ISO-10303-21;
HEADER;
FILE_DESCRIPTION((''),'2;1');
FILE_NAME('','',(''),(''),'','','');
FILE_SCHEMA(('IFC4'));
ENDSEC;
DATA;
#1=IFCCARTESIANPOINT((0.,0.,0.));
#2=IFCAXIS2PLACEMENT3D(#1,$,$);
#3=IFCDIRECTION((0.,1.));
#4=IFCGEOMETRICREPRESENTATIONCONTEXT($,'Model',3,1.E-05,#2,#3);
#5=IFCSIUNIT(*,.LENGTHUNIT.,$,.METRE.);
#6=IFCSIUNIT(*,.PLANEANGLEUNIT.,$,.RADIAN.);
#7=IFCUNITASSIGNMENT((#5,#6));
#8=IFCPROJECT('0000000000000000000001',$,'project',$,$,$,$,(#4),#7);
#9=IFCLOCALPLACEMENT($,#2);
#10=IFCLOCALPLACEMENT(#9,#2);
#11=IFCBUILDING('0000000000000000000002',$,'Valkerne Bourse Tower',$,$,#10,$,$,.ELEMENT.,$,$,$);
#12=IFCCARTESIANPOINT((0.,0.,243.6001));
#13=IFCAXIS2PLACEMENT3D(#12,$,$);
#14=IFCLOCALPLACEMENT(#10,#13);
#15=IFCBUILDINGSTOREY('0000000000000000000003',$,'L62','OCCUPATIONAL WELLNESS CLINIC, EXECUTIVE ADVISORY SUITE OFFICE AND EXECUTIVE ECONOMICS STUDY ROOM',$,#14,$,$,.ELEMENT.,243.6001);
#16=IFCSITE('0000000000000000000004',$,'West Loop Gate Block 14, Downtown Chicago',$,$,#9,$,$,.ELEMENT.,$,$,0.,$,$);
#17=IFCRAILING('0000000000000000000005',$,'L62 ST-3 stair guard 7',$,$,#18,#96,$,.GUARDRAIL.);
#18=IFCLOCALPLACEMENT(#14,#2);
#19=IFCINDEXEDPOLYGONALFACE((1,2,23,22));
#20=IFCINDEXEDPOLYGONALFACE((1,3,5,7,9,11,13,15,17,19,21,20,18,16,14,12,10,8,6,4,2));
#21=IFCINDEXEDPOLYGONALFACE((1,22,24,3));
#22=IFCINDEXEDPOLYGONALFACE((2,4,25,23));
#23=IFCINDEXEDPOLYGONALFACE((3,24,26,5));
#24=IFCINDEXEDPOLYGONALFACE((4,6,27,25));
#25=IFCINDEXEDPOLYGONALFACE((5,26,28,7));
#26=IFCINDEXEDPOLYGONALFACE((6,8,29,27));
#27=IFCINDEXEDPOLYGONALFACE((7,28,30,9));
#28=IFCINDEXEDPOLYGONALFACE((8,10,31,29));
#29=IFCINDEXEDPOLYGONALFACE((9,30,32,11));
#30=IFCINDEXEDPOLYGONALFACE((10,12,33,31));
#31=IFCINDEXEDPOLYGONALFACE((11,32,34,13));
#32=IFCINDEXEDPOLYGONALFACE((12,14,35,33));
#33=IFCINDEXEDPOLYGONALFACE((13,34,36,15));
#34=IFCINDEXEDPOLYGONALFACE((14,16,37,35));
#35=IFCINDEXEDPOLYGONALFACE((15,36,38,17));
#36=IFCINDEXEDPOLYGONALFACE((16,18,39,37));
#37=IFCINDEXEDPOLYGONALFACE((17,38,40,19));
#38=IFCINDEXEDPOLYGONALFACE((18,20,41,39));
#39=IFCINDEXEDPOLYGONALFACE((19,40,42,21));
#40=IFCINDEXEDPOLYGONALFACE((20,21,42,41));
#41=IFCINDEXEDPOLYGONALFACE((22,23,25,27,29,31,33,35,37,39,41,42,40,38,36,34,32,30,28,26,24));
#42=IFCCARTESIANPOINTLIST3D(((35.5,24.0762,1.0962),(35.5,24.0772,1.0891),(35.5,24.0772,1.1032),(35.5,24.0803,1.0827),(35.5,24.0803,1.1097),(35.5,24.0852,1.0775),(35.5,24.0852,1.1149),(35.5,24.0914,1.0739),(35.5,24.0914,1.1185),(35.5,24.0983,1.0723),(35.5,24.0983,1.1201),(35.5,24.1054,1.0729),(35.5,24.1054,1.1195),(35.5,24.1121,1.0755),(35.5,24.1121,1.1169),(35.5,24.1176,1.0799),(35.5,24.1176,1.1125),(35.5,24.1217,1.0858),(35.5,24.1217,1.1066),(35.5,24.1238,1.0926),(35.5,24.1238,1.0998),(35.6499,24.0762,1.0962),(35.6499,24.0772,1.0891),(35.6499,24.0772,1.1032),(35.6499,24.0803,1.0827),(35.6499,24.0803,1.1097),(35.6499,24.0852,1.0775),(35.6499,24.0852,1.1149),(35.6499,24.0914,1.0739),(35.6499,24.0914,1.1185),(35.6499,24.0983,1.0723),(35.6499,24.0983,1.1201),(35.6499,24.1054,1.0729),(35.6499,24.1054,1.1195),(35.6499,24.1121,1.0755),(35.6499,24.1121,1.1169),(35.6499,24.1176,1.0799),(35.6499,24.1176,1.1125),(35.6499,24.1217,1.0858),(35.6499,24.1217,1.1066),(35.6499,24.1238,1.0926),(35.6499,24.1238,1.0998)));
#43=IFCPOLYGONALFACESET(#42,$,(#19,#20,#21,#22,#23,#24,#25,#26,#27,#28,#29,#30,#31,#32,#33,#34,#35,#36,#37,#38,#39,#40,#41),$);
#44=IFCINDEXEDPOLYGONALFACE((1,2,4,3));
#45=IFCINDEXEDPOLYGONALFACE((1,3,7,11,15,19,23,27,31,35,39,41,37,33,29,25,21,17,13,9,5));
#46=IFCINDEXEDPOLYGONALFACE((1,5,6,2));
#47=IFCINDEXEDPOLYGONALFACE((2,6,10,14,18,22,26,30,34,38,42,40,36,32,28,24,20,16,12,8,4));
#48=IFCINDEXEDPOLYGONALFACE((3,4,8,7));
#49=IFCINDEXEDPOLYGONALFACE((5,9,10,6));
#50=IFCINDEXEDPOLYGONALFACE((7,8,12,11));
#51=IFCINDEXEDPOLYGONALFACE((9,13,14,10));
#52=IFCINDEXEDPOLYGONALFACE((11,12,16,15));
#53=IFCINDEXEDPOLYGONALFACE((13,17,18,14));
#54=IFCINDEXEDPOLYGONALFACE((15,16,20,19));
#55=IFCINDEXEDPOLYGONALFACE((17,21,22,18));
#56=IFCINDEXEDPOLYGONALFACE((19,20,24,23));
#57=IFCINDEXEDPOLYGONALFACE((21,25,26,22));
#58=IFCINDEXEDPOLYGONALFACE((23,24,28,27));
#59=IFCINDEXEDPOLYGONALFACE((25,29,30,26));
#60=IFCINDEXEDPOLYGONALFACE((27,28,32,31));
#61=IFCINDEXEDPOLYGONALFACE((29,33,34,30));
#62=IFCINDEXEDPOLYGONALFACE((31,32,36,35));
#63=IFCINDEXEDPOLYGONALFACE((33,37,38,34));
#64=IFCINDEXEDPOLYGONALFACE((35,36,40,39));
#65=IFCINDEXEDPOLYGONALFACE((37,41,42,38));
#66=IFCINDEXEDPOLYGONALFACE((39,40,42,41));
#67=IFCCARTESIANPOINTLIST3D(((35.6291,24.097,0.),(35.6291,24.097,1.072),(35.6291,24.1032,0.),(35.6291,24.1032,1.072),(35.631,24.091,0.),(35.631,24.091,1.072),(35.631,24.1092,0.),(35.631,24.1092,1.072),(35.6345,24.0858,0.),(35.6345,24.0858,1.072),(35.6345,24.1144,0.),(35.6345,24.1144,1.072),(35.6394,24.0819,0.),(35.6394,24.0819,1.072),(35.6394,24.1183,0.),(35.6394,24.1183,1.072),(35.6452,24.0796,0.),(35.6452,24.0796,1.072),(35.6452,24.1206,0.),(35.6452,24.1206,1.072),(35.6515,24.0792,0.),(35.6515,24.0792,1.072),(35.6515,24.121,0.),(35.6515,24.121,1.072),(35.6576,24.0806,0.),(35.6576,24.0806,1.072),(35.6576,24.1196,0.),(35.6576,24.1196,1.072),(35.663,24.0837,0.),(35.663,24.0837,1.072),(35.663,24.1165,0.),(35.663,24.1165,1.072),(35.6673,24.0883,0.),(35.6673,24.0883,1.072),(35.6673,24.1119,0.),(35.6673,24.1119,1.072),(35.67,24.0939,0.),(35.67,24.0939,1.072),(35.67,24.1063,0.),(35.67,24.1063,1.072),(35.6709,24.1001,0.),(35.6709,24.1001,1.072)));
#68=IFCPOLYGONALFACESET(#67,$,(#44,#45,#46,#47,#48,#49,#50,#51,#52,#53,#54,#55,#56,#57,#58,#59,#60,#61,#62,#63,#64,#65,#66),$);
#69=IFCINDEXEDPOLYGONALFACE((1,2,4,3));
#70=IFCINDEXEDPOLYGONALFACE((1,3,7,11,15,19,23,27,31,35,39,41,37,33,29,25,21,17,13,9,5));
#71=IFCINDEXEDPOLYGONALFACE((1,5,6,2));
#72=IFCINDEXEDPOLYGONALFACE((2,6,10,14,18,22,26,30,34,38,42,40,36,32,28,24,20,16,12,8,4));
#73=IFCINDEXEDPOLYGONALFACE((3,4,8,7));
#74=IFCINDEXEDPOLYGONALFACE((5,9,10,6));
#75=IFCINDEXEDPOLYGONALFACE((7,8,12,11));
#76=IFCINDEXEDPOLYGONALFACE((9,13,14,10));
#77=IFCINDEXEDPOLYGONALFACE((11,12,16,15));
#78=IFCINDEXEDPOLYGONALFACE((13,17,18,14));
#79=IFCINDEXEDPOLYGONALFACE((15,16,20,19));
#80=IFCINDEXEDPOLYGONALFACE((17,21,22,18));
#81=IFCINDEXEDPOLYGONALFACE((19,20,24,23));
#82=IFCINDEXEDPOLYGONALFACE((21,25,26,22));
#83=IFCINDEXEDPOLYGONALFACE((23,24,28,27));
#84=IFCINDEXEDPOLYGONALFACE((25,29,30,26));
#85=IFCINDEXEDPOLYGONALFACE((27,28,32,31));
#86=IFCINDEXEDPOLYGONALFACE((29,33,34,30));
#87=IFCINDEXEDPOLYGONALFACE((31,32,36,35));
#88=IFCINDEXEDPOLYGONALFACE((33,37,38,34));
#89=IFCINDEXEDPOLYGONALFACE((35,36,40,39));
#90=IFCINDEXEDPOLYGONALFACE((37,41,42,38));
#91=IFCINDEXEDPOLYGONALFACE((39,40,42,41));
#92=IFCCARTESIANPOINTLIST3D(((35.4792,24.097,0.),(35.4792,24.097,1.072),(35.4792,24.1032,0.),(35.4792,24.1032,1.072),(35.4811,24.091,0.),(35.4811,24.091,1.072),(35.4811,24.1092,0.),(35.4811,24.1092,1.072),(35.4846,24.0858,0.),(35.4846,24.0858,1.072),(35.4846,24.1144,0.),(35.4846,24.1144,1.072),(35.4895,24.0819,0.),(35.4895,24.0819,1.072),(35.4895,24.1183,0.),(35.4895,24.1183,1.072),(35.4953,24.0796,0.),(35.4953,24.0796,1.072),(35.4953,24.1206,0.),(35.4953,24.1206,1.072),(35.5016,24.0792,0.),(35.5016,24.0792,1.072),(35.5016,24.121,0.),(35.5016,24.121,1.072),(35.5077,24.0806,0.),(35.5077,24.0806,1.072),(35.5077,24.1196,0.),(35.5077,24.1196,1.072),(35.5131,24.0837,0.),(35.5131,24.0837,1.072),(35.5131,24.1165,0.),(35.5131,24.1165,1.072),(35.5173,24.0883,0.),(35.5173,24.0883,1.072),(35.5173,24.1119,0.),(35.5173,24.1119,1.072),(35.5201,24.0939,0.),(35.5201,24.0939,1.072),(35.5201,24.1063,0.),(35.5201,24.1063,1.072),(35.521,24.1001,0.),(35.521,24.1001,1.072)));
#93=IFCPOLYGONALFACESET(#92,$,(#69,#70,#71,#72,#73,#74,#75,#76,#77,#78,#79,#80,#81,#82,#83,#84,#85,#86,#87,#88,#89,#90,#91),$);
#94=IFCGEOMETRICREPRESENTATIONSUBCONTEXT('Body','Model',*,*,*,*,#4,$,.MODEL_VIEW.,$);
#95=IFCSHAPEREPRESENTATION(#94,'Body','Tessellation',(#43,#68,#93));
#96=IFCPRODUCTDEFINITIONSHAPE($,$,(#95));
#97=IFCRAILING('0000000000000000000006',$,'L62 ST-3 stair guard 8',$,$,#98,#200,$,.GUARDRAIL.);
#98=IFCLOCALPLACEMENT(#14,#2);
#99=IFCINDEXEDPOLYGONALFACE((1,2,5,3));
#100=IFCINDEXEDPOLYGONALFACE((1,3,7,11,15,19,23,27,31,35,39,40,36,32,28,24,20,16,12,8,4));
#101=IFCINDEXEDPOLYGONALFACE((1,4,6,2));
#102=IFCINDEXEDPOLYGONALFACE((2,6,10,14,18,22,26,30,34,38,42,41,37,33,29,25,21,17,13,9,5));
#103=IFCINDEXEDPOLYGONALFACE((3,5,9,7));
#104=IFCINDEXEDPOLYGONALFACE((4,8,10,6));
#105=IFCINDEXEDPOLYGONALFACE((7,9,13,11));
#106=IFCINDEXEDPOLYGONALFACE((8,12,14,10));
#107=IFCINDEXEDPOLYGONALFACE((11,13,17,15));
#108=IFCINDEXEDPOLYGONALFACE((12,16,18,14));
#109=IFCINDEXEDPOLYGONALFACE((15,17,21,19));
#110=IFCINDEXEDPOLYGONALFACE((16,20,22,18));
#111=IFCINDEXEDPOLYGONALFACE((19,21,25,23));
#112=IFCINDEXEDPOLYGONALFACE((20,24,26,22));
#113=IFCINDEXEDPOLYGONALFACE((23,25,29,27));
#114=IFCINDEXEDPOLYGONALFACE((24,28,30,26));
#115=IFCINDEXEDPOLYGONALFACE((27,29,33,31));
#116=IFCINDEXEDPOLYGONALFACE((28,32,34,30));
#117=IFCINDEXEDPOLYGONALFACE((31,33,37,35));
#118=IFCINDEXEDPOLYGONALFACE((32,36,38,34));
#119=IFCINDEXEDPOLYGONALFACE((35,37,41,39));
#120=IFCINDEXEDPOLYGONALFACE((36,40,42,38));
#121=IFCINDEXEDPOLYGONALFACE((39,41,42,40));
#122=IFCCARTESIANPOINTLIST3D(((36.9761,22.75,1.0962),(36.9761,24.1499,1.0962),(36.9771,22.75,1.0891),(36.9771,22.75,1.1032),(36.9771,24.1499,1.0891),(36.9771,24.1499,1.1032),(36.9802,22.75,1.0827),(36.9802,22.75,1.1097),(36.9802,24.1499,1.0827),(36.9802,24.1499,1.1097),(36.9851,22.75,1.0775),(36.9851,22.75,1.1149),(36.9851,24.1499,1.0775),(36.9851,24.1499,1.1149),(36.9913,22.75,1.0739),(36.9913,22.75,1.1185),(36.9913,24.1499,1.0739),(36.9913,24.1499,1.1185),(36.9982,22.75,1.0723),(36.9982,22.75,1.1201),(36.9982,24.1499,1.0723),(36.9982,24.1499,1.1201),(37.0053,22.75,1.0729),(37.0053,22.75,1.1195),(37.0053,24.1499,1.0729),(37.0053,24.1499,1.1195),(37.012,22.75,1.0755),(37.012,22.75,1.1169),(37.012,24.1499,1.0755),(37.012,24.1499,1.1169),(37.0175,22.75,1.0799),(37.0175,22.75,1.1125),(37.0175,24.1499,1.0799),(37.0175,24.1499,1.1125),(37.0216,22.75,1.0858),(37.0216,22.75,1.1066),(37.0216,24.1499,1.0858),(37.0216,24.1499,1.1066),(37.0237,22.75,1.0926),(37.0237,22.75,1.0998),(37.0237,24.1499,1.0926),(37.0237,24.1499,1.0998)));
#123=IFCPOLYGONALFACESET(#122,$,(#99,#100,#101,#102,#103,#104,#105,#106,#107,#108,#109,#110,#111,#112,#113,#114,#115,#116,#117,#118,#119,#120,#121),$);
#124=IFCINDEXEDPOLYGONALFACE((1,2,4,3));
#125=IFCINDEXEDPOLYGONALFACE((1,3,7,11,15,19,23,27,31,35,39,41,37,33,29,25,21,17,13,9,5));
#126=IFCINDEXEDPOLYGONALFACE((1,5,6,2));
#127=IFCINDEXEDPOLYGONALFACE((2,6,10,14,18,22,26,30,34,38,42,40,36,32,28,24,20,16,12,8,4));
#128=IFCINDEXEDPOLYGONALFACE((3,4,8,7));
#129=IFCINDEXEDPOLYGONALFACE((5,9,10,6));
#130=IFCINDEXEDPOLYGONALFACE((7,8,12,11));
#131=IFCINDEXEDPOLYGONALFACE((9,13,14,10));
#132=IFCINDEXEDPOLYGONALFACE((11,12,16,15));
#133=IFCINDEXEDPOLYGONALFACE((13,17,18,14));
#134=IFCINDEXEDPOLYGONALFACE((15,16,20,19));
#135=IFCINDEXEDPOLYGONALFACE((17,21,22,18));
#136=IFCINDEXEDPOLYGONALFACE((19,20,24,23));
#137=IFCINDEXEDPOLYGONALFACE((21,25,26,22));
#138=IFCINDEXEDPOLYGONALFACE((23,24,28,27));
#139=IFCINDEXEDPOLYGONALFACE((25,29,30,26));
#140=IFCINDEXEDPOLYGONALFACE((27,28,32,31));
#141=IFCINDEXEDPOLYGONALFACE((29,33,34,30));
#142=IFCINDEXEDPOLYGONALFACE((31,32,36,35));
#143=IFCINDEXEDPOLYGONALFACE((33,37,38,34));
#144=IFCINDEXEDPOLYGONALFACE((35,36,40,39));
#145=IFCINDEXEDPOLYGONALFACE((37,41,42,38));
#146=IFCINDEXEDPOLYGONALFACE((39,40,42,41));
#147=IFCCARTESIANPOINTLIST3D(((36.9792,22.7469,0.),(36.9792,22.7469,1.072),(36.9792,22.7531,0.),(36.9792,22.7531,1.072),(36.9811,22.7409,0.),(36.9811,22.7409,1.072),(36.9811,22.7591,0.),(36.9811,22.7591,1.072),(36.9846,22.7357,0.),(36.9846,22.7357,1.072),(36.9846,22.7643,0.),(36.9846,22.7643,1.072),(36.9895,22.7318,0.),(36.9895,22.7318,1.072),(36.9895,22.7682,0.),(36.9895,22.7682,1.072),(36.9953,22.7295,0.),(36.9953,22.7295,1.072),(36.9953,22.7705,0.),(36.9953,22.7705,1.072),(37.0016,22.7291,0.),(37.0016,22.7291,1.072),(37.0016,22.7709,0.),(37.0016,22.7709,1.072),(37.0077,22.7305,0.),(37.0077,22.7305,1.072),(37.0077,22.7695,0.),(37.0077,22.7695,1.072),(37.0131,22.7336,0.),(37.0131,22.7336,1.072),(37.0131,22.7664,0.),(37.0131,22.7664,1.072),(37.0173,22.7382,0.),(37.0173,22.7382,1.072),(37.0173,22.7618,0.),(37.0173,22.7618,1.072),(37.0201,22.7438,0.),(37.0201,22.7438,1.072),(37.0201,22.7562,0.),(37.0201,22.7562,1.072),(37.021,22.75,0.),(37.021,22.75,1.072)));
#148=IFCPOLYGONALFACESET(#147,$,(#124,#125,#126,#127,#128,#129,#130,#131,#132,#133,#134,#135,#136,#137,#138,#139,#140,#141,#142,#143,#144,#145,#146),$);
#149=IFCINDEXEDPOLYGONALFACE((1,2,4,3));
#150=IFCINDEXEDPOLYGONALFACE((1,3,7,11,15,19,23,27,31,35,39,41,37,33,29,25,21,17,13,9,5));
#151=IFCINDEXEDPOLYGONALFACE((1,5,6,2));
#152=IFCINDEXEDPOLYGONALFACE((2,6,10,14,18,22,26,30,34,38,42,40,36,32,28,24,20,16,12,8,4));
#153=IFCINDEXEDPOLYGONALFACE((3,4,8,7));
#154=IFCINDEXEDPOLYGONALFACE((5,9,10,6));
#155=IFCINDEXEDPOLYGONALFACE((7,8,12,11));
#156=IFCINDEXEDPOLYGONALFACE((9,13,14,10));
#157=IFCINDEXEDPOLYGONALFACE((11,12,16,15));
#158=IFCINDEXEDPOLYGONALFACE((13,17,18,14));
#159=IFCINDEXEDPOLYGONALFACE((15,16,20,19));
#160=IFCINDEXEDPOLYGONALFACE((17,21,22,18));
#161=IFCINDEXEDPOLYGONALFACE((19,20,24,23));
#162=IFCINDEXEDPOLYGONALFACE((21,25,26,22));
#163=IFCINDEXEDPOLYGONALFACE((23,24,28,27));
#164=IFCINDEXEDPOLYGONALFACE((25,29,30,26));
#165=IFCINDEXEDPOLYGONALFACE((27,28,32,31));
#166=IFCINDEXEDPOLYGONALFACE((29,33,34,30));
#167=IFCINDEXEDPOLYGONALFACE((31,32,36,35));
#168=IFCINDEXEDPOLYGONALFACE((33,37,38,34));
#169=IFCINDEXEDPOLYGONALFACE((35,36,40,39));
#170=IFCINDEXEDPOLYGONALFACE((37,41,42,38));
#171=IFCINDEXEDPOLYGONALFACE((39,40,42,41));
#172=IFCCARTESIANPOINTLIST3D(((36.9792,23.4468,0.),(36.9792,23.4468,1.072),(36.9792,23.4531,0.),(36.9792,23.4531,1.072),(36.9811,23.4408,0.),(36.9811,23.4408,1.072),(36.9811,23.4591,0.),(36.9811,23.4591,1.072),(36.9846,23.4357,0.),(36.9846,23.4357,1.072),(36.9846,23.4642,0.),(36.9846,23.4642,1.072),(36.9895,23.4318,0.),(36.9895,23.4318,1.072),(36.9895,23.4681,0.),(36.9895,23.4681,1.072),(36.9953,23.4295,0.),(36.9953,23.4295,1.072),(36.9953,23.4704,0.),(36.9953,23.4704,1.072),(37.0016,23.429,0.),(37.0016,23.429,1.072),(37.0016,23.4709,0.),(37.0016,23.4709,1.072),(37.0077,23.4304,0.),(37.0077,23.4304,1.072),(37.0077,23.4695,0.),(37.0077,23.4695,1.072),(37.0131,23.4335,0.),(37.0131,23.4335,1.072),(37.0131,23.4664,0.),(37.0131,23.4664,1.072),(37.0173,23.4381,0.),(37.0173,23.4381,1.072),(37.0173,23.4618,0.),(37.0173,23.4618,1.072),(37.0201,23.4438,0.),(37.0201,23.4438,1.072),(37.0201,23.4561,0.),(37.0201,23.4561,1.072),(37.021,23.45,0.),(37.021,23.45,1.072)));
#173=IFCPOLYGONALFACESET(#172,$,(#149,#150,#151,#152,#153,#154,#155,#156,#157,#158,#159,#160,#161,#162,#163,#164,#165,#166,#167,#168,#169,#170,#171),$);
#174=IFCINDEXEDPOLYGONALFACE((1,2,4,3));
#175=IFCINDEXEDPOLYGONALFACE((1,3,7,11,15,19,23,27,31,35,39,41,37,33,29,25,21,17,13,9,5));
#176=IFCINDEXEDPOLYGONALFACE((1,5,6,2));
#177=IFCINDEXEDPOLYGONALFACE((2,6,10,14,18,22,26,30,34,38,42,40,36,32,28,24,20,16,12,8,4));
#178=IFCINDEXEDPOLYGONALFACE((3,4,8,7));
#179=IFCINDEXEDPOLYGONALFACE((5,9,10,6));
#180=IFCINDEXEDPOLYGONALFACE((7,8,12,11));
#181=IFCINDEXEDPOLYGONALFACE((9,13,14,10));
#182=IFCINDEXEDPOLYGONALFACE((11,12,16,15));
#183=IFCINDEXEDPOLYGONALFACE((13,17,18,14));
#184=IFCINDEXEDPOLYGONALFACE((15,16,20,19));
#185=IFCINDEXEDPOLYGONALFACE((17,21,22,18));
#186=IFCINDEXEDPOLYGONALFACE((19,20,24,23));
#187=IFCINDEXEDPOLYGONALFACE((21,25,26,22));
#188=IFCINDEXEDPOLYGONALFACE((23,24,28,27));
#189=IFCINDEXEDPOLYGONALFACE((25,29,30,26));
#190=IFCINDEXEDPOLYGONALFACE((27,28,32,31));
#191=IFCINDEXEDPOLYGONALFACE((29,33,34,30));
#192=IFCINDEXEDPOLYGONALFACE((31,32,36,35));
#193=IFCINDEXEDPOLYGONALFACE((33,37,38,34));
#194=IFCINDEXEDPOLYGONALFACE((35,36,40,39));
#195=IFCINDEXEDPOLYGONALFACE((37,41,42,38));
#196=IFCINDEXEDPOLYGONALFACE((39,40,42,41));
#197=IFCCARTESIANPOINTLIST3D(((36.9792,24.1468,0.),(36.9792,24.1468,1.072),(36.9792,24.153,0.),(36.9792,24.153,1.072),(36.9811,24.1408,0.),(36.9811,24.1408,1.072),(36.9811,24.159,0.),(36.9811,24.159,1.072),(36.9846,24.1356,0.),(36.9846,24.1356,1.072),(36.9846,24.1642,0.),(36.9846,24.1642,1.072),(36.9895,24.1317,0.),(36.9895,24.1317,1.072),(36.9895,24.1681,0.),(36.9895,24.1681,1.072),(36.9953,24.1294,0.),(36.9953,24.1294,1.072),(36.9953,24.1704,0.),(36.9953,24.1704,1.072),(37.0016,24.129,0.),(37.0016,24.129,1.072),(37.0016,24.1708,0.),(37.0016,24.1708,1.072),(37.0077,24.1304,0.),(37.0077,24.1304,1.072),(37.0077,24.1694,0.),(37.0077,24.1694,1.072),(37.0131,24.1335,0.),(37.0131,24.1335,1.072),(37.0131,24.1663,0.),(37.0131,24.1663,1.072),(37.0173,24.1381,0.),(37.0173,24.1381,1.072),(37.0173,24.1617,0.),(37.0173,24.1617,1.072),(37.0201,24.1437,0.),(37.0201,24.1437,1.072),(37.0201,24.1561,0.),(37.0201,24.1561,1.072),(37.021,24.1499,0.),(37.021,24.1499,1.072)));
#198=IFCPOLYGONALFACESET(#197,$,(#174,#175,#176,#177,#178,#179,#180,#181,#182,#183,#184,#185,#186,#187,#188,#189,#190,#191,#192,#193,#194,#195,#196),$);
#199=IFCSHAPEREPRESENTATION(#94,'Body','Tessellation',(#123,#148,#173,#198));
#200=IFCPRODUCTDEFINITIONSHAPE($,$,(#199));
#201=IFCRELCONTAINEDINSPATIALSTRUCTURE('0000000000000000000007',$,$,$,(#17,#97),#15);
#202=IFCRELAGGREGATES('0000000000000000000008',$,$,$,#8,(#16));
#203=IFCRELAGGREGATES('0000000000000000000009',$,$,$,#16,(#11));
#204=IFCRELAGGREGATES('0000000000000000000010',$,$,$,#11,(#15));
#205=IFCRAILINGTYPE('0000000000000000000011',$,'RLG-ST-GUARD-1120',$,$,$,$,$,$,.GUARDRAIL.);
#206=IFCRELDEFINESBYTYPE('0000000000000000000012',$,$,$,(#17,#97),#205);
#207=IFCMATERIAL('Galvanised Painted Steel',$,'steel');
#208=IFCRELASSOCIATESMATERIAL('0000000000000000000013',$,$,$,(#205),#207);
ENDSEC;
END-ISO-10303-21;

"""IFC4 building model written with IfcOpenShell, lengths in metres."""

from ifc_helpers import new_model, si_unit, direction, frame, origin, origin_2d, place, context, subcontext, project, spatial, circle, extrude, material, type_object, element, save


model = new_model("IFC4")

# Units and contexts
model_context = context("Model", 3, precision=1e-05, world=origin(), true_north=direction((0.0, 1.0)))
body_context = subcontext(model_context, "Body", "Model", "MODEL_VIEW")
ifc_project = project(units=[si_unit("LENGTHUNIT", "METRE"), si_unit("PLANEANGLEUNIT", "RADIAN")], contexts=[model_context])

# Site, building, storey
site_placement = place(None, origin())
site = spatial("IfcSite", under=ifc_project, at=site_placement, Name="West Loop Gate Block 14, Downtown Chicago", CompositionType="ELEMENT", RefElevation=0.0)
building_placement = place(site_placement, origin())
building = spatial("IfcBuilding", under=site, at=building_placement, Name="Valkerne Bourse Tower", CompositionType="ELEMENT")
storey_placement = place(building_placement, frame((0.0, 0.0, 243.6001)))
storey = spatial("IfcBuildingStorey", under=building, at=storey_placement, Name="L62", Description="OCCUPATIONAL WELLNESS CLINIC, EXECUTIVE ADVISORY SUITE OFFICE AND EXECUTIVE ECONOMICS STUDY ROOM", CompositionType="ELEMENT", Elevation=243.6001)

# Railings
ifc_material_1 = material(Name="Galvanised Painted Steel", Category="steel")
railing_type_1 = type_object("IfcRailingType", Name="RLG-ST-GUARD-1120", PredefinedType="GUARDRAIL", material=ifc_material_1)
railing_1_placement = place(storey_placement, frame((35.6499, 24.1001, 0.0)))
element("IfcRailing", 1, at=railing_1_placement, inside=storey, type_object=railing_type_1, Name="L62 ST-3 stair guard 7", PredefinedType="GUARDRAIL", context=body_context, shape_type="SweptSolid", body=[
    extrude(circle(Radius=0.0239, at=origin_2d()), frame((0.0, 0.0, 1.0962), z_axis=(-1.0, 0.0, 0.0), x_axis=(0.0, -1.0, 0.0)), (0.0, 0.0, 1.0), 0.1499),
    extrude(circle(Radius=0.021, at=origin_2d()), origin(), (0.0, 0.0, 1.0), 1.072),
    extrude(circle(Radius=0.021, at=origin_2d()), frame((-0.1499, 0.0, 0.0)), (0.0, 0.0, 1.0), 1.072),
])
railing_2_placement = place(storey_placement, frame((37.0, 22.75, 0.0)))
element("IfcRailing", 2, at=railing_2_placement, inside=storey, type_object=railing_type_1, Name="L62 ST-3 stair guard 8", PredefinedType="GUARDRAIL", context=body_context, shape_type="SweptSolid", body=[
    extrude(circle(Radius=0.0239, at=origin_2d()), frame((0.0, 0.0, 1.0962), z_axis=(0.0, 1.0, 0.0), x_axis=(-1.0, 0.0, 0.0)), (0.0, 0.0, 1.0), 1.3999),
    extrude(circle(Radius=0.021, at=origin_2d()), origin(), (0.0, 0.0, 1.0), 1.072),
    extrude(circle(Radius=0.021, at=origin_2d()), frame((0.0, 0.7, 0.0)), (0.0, 0.0, 1.0), 1.072),
    extrude(circle(Radius=0.021, at=origin_2d()), frame((0.0, 1.3999, 0.0)), (0.0, 0.0, 1.0), 1.072),
])

save(model, "model.ifc")
